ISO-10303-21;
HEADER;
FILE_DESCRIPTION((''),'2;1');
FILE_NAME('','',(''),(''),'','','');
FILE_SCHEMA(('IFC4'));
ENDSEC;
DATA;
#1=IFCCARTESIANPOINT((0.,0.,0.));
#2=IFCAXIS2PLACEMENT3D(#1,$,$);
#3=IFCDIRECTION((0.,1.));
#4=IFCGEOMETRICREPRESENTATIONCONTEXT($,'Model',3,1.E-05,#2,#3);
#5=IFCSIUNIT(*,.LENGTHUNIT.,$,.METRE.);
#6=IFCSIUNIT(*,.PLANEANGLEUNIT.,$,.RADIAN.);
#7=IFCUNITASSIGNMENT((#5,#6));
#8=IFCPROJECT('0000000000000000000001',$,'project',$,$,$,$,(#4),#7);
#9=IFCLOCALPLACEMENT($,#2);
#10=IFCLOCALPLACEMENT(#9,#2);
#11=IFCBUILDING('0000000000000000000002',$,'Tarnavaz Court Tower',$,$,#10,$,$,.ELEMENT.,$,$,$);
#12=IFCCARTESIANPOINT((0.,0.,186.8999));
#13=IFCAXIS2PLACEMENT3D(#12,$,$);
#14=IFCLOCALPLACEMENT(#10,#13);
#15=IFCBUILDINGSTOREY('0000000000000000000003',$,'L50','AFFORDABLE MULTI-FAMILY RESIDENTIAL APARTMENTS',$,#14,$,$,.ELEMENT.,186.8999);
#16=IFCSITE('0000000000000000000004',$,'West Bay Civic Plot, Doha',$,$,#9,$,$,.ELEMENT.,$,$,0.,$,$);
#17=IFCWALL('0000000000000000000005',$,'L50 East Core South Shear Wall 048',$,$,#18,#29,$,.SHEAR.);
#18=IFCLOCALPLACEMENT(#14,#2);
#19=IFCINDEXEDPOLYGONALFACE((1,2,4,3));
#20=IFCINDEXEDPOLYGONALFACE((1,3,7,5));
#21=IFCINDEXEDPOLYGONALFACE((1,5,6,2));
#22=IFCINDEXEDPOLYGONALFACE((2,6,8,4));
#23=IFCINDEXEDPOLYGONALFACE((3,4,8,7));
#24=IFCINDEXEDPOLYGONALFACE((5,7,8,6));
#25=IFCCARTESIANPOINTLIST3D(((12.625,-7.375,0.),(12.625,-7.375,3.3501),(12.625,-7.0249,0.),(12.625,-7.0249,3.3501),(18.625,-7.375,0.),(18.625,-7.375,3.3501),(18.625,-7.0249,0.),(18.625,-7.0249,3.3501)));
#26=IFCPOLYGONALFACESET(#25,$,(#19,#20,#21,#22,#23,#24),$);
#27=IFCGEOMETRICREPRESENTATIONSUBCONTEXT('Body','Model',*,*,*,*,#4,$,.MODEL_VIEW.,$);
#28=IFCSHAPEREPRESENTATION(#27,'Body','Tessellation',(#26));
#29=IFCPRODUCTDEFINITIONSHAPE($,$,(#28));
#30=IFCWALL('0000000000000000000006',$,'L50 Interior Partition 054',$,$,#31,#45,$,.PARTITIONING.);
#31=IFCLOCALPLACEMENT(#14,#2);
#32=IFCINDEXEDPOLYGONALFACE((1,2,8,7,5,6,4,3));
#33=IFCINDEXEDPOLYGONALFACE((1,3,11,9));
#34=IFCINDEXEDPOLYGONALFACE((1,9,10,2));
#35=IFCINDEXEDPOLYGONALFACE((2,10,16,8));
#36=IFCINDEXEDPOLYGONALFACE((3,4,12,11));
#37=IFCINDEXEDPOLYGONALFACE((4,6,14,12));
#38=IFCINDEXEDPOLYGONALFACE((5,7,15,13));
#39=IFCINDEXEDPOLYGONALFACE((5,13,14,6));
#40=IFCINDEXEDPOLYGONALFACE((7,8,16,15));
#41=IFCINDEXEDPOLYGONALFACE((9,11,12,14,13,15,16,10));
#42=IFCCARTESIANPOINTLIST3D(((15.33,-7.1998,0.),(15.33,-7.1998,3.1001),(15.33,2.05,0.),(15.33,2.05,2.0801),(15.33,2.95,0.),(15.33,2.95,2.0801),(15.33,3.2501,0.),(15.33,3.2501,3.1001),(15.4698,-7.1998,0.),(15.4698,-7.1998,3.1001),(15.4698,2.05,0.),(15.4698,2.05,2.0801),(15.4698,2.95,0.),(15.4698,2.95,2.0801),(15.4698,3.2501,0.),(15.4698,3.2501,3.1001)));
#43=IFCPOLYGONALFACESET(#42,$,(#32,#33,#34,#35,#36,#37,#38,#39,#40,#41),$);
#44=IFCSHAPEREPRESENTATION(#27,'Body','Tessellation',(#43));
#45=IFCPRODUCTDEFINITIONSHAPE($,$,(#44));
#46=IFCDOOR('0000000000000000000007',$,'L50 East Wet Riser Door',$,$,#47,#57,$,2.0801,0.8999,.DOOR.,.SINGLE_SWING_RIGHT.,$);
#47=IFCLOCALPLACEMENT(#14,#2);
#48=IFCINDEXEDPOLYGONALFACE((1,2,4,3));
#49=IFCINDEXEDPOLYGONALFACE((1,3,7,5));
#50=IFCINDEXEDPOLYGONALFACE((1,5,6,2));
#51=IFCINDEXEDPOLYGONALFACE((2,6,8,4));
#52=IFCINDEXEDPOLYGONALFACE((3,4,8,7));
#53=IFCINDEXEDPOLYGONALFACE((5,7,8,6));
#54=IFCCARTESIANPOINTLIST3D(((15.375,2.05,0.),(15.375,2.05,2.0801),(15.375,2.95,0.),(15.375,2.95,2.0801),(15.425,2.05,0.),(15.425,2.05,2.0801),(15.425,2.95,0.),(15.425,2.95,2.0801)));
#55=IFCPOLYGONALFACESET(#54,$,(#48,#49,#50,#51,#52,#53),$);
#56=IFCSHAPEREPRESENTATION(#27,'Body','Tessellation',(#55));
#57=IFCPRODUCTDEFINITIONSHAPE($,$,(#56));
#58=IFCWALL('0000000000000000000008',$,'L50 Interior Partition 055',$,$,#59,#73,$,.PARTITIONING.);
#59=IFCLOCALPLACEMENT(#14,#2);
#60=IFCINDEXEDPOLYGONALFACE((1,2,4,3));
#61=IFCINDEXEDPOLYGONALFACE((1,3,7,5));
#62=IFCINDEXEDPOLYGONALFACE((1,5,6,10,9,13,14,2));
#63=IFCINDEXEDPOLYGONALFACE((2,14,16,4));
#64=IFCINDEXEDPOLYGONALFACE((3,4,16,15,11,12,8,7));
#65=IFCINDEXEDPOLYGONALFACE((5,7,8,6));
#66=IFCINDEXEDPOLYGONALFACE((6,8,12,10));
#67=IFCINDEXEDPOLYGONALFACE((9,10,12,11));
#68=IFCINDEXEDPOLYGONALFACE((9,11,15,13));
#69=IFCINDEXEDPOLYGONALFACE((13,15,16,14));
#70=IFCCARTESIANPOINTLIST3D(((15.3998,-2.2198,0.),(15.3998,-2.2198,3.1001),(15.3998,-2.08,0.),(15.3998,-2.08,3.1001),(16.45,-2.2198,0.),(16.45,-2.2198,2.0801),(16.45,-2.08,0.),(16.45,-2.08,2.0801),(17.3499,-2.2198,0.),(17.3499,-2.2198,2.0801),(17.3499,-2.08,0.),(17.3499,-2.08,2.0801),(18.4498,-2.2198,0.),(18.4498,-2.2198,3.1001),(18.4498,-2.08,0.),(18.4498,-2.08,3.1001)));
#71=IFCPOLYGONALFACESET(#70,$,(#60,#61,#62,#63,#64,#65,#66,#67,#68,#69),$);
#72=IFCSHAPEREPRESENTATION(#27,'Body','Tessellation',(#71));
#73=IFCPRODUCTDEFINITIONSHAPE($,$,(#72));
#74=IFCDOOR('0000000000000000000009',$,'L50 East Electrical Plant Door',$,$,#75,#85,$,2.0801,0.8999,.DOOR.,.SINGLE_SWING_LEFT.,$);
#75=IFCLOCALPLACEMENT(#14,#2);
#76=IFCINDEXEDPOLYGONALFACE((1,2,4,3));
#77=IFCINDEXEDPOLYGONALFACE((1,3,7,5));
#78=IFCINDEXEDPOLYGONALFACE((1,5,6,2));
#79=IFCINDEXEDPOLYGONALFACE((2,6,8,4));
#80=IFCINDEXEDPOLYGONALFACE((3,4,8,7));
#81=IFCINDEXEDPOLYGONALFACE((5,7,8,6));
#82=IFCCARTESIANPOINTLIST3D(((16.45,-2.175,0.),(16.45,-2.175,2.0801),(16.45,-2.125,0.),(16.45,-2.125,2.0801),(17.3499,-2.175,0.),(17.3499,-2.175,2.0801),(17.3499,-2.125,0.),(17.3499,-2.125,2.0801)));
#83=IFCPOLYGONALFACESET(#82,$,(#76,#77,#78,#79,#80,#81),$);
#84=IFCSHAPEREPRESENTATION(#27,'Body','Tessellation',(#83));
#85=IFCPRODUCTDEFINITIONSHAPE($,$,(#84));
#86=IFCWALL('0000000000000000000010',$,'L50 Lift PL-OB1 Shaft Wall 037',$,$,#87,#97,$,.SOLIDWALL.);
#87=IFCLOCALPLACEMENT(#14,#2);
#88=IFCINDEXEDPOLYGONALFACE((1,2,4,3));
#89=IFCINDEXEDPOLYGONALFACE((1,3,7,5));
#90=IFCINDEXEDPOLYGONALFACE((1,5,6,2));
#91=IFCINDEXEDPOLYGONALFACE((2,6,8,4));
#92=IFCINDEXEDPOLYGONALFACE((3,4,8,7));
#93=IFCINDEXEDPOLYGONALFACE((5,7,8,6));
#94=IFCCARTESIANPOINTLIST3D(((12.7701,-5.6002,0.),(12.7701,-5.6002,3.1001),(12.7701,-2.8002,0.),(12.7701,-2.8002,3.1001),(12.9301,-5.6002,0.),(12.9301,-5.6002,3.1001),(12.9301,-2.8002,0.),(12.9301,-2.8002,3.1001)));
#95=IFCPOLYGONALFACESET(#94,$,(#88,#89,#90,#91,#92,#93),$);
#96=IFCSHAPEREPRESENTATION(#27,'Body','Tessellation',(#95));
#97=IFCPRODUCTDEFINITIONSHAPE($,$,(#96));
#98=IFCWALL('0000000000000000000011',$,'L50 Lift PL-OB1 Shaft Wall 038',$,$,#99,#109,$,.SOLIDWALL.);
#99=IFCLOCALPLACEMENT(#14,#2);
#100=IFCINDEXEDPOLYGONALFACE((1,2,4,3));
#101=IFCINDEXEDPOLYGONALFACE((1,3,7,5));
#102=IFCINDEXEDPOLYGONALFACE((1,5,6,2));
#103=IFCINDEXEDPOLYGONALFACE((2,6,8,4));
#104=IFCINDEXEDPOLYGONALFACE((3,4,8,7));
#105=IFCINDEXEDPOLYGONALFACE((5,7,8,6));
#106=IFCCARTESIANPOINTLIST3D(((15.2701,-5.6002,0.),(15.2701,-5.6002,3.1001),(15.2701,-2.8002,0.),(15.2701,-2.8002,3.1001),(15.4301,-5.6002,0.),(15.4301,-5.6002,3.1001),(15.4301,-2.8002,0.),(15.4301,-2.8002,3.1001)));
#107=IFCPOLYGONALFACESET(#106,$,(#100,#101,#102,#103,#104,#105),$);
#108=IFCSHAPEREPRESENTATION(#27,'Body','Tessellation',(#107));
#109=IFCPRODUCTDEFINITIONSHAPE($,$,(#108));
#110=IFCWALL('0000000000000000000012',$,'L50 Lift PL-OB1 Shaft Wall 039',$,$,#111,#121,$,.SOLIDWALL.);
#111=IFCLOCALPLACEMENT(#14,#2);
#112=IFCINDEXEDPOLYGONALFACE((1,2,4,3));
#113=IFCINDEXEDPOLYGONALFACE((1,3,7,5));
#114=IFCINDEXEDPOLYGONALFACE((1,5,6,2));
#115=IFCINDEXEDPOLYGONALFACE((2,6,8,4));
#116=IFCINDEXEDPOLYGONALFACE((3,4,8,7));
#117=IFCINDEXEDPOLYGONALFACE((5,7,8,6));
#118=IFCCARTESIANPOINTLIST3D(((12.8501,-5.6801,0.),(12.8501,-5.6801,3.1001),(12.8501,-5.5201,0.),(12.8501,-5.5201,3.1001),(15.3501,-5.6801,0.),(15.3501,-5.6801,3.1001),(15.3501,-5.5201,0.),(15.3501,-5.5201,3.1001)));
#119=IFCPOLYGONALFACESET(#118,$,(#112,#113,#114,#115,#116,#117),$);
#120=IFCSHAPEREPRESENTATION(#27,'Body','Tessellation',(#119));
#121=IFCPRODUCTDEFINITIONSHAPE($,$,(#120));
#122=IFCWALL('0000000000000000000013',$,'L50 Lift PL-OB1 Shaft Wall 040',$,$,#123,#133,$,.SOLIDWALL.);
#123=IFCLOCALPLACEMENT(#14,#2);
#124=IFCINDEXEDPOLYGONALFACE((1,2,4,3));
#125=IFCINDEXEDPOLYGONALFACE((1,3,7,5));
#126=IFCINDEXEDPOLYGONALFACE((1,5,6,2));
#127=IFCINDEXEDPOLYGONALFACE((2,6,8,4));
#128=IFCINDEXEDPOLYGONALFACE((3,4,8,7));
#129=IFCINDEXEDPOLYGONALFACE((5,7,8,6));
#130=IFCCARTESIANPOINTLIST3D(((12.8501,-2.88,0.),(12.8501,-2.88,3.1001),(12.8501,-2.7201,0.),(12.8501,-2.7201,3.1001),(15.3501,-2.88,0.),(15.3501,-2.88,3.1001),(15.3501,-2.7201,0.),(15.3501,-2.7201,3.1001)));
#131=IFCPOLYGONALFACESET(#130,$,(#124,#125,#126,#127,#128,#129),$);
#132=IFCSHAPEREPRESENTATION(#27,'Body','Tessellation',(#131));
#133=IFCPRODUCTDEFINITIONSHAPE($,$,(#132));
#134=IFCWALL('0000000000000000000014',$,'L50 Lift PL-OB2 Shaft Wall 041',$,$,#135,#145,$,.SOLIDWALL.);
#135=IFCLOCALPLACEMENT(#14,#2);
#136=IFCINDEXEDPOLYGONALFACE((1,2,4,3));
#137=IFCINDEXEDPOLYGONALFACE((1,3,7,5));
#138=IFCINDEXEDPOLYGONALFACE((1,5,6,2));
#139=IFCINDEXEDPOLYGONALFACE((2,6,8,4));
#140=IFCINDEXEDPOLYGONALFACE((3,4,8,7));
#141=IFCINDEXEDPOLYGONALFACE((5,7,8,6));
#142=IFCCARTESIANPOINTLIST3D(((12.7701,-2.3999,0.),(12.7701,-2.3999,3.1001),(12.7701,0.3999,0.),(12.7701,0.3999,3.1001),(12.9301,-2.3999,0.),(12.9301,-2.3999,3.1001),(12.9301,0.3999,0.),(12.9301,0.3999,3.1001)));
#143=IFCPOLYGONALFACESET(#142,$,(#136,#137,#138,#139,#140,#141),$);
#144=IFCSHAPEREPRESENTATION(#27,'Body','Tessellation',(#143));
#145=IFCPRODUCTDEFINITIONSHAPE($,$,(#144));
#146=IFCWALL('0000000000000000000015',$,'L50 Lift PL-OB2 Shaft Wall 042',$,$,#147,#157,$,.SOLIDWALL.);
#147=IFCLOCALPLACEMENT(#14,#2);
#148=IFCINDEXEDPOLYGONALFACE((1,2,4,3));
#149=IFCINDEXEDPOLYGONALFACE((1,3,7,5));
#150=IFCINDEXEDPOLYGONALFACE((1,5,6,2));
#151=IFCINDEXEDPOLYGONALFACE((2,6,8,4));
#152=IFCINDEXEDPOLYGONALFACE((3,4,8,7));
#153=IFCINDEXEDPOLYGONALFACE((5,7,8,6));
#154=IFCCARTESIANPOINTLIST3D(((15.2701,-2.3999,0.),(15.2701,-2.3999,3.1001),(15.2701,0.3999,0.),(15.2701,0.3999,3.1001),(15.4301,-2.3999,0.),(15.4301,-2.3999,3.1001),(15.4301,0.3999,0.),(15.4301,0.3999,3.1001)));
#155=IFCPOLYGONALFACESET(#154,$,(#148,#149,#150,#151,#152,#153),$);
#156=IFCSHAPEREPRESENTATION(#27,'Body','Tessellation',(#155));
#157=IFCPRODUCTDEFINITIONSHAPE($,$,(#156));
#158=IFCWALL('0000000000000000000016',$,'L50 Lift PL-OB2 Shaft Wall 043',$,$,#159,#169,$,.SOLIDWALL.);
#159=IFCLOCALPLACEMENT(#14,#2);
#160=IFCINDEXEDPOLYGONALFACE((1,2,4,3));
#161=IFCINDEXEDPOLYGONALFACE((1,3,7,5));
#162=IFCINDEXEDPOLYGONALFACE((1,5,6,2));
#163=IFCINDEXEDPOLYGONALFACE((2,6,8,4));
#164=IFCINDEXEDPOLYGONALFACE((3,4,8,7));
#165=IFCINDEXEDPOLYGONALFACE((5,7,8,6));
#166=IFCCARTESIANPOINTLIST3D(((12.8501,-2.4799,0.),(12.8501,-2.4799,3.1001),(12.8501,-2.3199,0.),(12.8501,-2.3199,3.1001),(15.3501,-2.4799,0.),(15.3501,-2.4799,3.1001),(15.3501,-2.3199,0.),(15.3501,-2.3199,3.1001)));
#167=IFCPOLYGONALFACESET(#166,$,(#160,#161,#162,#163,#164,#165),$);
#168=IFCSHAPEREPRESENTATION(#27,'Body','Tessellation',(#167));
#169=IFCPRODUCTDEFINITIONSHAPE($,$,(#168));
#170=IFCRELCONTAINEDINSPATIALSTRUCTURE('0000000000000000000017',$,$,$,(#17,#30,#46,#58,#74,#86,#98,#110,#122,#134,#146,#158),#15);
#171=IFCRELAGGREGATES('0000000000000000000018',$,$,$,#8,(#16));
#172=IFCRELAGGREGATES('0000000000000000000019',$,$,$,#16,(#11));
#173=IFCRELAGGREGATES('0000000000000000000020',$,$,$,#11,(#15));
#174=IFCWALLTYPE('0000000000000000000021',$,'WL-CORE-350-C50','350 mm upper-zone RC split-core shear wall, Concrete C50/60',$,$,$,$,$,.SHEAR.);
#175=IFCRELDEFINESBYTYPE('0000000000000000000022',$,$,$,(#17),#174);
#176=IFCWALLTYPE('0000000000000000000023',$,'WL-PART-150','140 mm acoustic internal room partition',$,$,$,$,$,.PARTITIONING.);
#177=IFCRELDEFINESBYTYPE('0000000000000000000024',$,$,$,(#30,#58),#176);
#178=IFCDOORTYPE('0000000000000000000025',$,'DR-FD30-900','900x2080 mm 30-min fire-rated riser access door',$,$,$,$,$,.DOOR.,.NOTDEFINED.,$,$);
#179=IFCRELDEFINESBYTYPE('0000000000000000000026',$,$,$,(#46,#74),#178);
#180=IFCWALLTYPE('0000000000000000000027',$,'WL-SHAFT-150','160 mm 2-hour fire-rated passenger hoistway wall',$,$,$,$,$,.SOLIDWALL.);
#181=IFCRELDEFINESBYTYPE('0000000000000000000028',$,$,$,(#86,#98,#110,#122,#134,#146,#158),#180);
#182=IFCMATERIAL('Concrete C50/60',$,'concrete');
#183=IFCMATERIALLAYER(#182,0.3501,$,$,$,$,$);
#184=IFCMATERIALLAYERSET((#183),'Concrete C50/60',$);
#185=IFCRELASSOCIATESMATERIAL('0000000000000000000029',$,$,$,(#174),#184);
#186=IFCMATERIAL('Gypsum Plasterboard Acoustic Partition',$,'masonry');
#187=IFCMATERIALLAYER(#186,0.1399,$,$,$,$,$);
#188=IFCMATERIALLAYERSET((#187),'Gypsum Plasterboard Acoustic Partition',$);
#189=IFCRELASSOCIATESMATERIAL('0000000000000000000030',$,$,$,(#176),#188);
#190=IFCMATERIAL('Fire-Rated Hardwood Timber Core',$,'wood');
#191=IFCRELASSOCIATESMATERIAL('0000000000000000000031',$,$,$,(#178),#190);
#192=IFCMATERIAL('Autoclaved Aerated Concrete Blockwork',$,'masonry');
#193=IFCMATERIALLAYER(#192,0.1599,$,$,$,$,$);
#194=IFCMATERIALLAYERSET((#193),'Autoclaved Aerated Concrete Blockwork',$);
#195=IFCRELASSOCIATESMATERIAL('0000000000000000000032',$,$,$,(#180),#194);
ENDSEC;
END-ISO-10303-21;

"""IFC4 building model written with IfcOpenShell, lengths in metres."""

from ifc_helpers import new_model, si_unit, direction, frame, frame_2d, origin, place, context, subcontext, project, spatial, rectangle, extrude, material, layer, layer_set, type_object, element, fill, save


model = new_model("IFC4")

# Units and contexts
model_context = context("Model", 3, precision=1e-05, world=origin(), true_north=direction((0.0, 1.0)))
body_context = subcontext(model_context, "Body", "Model", "MODEL_VIEW")
ifc_project = project(units=[si_unit("LENGTHUNIT", "METRE"), si_unit("PLANEANGLEUNIT", "RADIAN")], contexts=[model_context])

# Site, building, storey
site_placement = place(None, origin())
site = spatial("IfcSite", under=ifc_project, at=site_placement, Name="West Bay Civic Plot, Doha", CompositionType="ELEMENT", RefElevation=0.0)
building_placement = place(site_placement, origin())
building = spatial("IfcBuilding", under=site, at=building_placement, Name="Tarnavaz Court Tower", CompositionType="ELEMENT")
storey_placement = place(building_placement, frame((0.0, 0.0, 186.8999)))
storey = spatial("IfcBuildingStorey", under=building, at=storey_placement, Name="L50", Description="AFFORDABLE MULTI-FAMILY RESIDENTIAL APARTMENTS", CompositionType="ELEMENT", Elevation=186.8999)

# Shared definitions
ifc_material_1 = material(Name="Concrete C50/60", Category="concrete")

# Wall
ifc_layer_1 = layer(ifc_material_1, 0.3501)
ifc_layer_set_1 = layer_set([ifc_layer_1], Name="Concrete C50/60")
wall_type_1 = type_object("IfcWallType", Name="WL-CORE-350-C50", Description="350 mm upper-zone RC split-core shear wall, Concrete C50/60", PredefinedType="SHEAR", material=ifc_layer_set_1)
wall_1_placement = place(storey_placement, frame((12.625, -7.2, 0.0), z_axis=(0.0, 0.0, 1.0), x_axis=(1.0, 0.0, 0.0)))
element("IfcWall", 1, at=wall_1_placement, inside=storey, type_object=wall_type_1, Name="L50 East Core South Shear Wall 048", PredefinedType="SHEAR", context=body_context, shape_type="SweptSolid", body=[
    extrude(rectangle(XDim=6.0, YDim=0.3501, at=frame_2d((3.0, 0.0))), origin(), (0.0, 0.0, 1.0), 3.3501),
])

# Walls, openings, doors
ifc_material_2 = material(Name="Gypsum Plasterboard Acoustic Partition", Category="masonry")
ifc_layer_2 = layer(ifc_material_2, 0.1399)
ifc_layer_set_2 = layer_set([ifc_layer_2], Name="Gypsum Plasterboard Acoustic Partition")
wall_type_2 = type_object("IfcWallType", Name="WL-PART-150", Description="140 mm acoustic internal room partition", PredefinedType="PARTITIONING", material=ifc_layer_set_2)
wall_2_placement = place(storey_placement, frame((15.3999, -7.2, 0.0), z_axis=(0.0, 0.0, 1.0), x_axis=(0.0, 1.0, 0.0)))
wall_2 = element("IfcWall", 2, at=wall_2_placement, inside=storey, type_object=wall_type_2, Name="L50 Interior Partition 054", PredefinedType="PARTITIONING", context=body_context, shape_type="SweptSolid", body=[
    extrude(rectangle(XDim=10.45, YDim=0.1399, at=frame_2d((5.2251, 0.0))), origin(), (0.0, 0.0, 1.0), 3.1001),
])
opening_1_placement = place(wall_2_placement, frame((9.25, 0.0, 0.0)))
opening_1 = element("IfcOpeningElement", 3, at=opening_1_placement, cuts=wall_2, PredefinedType="OPENING", context=body_context, shape_type="SweptSolid", body=[
    extrude(rectangle(XDim=0.8999, YDim=2.0801, at=frame_2d((0.45, 1.04))), frame((0.0, 0.0798, 0.0), z_axis=(0.0, -1.0, 0.0), x_axis=(1.0, 0.0, 0.0)), (0.0, 0.0, 1.0), 0.1599),
])
ifc_material_3 = material(Name="Fire-Rated Hardwood Timber Core", Category="wood")
door_type_1 = type_object("IfcDoorType", Name="DR-FD30-900", Description="900x2080 mm 30-min fire-rated riser access door", OperationType="NOTDEFINED", PredefinedType="DOOR", material=ifc_material_3)
door_1_placement = place(opening_1_placement, origin())
door_1 = element("IfcDoor", 4, at=door_1_placement, inside=storey, type_object=door_type_1, Name="L50 East Wet Riser Door", OperationType="SINGLE_SWING_RIGHT", OverallHeight=2.0801, OverallWidth=0.8999, PredefinedType="DOOR", context=body_context, shape_type="SweptSolid", body=[
    extrude(rectangle(XDim=0.8999, YDim=2.0801, at=frame_2d((0.45, 1.04))), frame((0.0, 0.0249, 0.0), z_axis=(0.0, -1.0, 0.0), x_axis=(1.0, 0.0, 0.0)), (0.0, 0.0, 1.0), 0.05),
])
fill(opening_1, door_1)
wall_3_placement = place(storey_placement, frame((15.3999, -2.1499, 0.0), z_axis=(0.0, 0.0, 1.0), x_axis=(1.0, 0.0, 0.0)))
wall_3 = element("IfcWall", 5, at=wall_3_placement, inside=storey, type_object=wall_type_2, Name="L50 Interior Partition 055", PredefinedType="PARTITIONING", context=body_context, shape_type="SweptSolid", body=[
    extrude(rectangle(XDim=3.05, YDim=0.1399, at=frame_2d((1.5249, 0.0))), origin(), (0.0, 0.0, 1.0), 3.1001),
])
opening_2_placement = place(wall_3_placement, frame((1.05, 0.0, 0.0)))
opening_2 = element("IfcOpeningElement", 6, at=opening_2_placement, cuts=wall_3, PredefinedType="OPENING", context=body_context, shape_type="SweptSolid", body=[
    extrude(rectangle(XDim=0.8999, YDim=2.0801, at=frame_2d((0.45, 1.04))), frame((0.0, 0.0798, 0.0), z_axis=(0.0, -1.0, 0.0), x_axis=(1.0, 0.0, 0.0)), (0.0, 0.0, 1.0), 0.1599),
])
door_2_placement = place(opening_2_placement, origin())
door_2 = element("IfcDoor", 7, at=door_2_placement, inside=storey, type_object=door_type_1, Name="L50 East Electrical Plant Door", OperationType="SINGLE_SWING_LEFT", OverallHeight=2.0801, OverallWidth=0.8999, PredefinedType="DOOR", context=body_context, shape_type="SweptSolid", body=[
    extrude(rectangle(XDim=0.8999, YDim=2.0801, at=frame_2d((0.45, 1.04))), frame((0.0, 0.0249, 0.0), z_axis=(0.0, -1.0, 0.0), x_axis=(1.0, 0.0, 0.0)), (0.0, 0.0, 1.0), 0.05),
])
fill(opening_2, door_2)

# Walls
ifc_material_4 = material(Name="Autoclaved Aerated Concrete Blockwork", Category="masonry")
ifc_layer_3 = layer(ifc_material_4, 0.1599)
ifc_layer_set_3 = layer_set([ifc_layer_3], Name="Autoclaved Aerated Concrete Blockwork")
wall_type_3 = type_object("IfcWallType", Name="WL-SHAFT-150", Description="160 mm 2-hour fire-rated passenger hoistway wall", PredefinedType="SOLIDWALL", material=ifc_layer_set_3)
for number, where, z_axis, x_axis, name in (
    (8, (12.8501, -5.6001, 0.0), (0.0, 0.0, 1.0), (0.0, 1.0, 0.0), "L50 Lift PL-OB1 Shaft Wall 037"),
    (9, (15.3501, -5.6001, 0.0), (0.0, 0.0, 1.0), (0.0, 1.0, 0.0), "L50 Lift PL-OB1 Shaft Wall 038"),
):
    element("IfcWall", number, at=place(storey_placement, frame(where, z_axis=z_axis, x_axis=x_axis)), inside=storey, type_object=wall_type_3, Name=name, PredefinedType="SOLIDWALL", context=body_context, shape_type="SweptSolid", body=[
        extrude(rectangle(XDim=2.8, YDim=0.1599, at=frame_2d((1.3999, 0.0))), origin(), (0.0, 0.0, 1.0), 3.1001),
    ])
for number, where, z_axis, x_axis, name in (
    (10, (12.8501, -5.6001, 0.0), (0.0, 0.0, 1.0), (1.0, 0.0, 0.0), "L50 Lift PL-OB1 Shaft Wall 039"),
    (11, (12.8501, -2.8, 0.0), (0.0, 0.0, 1.0), (1.0, 0.0, 0.0), "L50 Lift PL-OB1 Shaft Wall 040"),
):
    element("IfcWall", number, at=place(storey_placement, frame(where, z_axis=z_axis, x_axis=x_axis)), inside=storey, type_object=wall_type_3, Name=name, PredefinedType="SOLIDWALL", context=body_context, shape_type="SweptSolid", body=[
        extrude(rectangle(XDim=2.5, YDim=0.1599, at=frame_2d((1.25, 0.0))), origin(), (0.0, 0.0, 1.0), 3.1001),
    ])
for number, where, z_axis, x_axis, name in (
    (12, (12.8501, -2.3999, 0.0), (0.0, 0.0, 1.0), (0.0, 1.0, 0.0), "L50 Lift PL-OB2 Shaft Wall 041"),
    (13, (15.3501, -2.3999, 0.0), (0.0, 0.0, 1.0), (0.0, 1.0, 0.0), "L50 Lift PL-OB2 Shaft Wall 042"),
):
    element("IfcWall", number, at=place(storey_placement, frame(where, z_axis=z_axis, x_axis=x_axis)), inside=storey, type_object=wall_type_3, Name=name, PredefinedType="SOLIDWALL", context=body_context, shape_type="SweptSolid", body=[
        extrude(rectangle(XDim=2.7998, YDim=0.1599, at=frame_2d((1.3999, 0.0))), origin(), (0.0, 0.0, 1.0), 3.1001),
    ])
wall_4_placement = place(storey_placement, frame((12.8501, -2.3999, 0.0), z_axis=(0.0, 0.0, 1.0), x_axis=(1.0, 0.0, 0.0)))
element("IfcWall", 14, at=wall_4_placement, inside=storey, type_object=wall_type_3, Name="L50 Lift PL-OB2 Shaft Wall 043", PredefinedType="SOLIDWALL", context=body_context, shape_type="SweptSolid", body=[
    extrude(rectangle(XDim=2.5, YDim=0.1599, at=frame_2d((1.25, 0.0))), origin(), (0.0, 0.0, 1.0), 3.1001),
])

save(model, "model.ifc")
